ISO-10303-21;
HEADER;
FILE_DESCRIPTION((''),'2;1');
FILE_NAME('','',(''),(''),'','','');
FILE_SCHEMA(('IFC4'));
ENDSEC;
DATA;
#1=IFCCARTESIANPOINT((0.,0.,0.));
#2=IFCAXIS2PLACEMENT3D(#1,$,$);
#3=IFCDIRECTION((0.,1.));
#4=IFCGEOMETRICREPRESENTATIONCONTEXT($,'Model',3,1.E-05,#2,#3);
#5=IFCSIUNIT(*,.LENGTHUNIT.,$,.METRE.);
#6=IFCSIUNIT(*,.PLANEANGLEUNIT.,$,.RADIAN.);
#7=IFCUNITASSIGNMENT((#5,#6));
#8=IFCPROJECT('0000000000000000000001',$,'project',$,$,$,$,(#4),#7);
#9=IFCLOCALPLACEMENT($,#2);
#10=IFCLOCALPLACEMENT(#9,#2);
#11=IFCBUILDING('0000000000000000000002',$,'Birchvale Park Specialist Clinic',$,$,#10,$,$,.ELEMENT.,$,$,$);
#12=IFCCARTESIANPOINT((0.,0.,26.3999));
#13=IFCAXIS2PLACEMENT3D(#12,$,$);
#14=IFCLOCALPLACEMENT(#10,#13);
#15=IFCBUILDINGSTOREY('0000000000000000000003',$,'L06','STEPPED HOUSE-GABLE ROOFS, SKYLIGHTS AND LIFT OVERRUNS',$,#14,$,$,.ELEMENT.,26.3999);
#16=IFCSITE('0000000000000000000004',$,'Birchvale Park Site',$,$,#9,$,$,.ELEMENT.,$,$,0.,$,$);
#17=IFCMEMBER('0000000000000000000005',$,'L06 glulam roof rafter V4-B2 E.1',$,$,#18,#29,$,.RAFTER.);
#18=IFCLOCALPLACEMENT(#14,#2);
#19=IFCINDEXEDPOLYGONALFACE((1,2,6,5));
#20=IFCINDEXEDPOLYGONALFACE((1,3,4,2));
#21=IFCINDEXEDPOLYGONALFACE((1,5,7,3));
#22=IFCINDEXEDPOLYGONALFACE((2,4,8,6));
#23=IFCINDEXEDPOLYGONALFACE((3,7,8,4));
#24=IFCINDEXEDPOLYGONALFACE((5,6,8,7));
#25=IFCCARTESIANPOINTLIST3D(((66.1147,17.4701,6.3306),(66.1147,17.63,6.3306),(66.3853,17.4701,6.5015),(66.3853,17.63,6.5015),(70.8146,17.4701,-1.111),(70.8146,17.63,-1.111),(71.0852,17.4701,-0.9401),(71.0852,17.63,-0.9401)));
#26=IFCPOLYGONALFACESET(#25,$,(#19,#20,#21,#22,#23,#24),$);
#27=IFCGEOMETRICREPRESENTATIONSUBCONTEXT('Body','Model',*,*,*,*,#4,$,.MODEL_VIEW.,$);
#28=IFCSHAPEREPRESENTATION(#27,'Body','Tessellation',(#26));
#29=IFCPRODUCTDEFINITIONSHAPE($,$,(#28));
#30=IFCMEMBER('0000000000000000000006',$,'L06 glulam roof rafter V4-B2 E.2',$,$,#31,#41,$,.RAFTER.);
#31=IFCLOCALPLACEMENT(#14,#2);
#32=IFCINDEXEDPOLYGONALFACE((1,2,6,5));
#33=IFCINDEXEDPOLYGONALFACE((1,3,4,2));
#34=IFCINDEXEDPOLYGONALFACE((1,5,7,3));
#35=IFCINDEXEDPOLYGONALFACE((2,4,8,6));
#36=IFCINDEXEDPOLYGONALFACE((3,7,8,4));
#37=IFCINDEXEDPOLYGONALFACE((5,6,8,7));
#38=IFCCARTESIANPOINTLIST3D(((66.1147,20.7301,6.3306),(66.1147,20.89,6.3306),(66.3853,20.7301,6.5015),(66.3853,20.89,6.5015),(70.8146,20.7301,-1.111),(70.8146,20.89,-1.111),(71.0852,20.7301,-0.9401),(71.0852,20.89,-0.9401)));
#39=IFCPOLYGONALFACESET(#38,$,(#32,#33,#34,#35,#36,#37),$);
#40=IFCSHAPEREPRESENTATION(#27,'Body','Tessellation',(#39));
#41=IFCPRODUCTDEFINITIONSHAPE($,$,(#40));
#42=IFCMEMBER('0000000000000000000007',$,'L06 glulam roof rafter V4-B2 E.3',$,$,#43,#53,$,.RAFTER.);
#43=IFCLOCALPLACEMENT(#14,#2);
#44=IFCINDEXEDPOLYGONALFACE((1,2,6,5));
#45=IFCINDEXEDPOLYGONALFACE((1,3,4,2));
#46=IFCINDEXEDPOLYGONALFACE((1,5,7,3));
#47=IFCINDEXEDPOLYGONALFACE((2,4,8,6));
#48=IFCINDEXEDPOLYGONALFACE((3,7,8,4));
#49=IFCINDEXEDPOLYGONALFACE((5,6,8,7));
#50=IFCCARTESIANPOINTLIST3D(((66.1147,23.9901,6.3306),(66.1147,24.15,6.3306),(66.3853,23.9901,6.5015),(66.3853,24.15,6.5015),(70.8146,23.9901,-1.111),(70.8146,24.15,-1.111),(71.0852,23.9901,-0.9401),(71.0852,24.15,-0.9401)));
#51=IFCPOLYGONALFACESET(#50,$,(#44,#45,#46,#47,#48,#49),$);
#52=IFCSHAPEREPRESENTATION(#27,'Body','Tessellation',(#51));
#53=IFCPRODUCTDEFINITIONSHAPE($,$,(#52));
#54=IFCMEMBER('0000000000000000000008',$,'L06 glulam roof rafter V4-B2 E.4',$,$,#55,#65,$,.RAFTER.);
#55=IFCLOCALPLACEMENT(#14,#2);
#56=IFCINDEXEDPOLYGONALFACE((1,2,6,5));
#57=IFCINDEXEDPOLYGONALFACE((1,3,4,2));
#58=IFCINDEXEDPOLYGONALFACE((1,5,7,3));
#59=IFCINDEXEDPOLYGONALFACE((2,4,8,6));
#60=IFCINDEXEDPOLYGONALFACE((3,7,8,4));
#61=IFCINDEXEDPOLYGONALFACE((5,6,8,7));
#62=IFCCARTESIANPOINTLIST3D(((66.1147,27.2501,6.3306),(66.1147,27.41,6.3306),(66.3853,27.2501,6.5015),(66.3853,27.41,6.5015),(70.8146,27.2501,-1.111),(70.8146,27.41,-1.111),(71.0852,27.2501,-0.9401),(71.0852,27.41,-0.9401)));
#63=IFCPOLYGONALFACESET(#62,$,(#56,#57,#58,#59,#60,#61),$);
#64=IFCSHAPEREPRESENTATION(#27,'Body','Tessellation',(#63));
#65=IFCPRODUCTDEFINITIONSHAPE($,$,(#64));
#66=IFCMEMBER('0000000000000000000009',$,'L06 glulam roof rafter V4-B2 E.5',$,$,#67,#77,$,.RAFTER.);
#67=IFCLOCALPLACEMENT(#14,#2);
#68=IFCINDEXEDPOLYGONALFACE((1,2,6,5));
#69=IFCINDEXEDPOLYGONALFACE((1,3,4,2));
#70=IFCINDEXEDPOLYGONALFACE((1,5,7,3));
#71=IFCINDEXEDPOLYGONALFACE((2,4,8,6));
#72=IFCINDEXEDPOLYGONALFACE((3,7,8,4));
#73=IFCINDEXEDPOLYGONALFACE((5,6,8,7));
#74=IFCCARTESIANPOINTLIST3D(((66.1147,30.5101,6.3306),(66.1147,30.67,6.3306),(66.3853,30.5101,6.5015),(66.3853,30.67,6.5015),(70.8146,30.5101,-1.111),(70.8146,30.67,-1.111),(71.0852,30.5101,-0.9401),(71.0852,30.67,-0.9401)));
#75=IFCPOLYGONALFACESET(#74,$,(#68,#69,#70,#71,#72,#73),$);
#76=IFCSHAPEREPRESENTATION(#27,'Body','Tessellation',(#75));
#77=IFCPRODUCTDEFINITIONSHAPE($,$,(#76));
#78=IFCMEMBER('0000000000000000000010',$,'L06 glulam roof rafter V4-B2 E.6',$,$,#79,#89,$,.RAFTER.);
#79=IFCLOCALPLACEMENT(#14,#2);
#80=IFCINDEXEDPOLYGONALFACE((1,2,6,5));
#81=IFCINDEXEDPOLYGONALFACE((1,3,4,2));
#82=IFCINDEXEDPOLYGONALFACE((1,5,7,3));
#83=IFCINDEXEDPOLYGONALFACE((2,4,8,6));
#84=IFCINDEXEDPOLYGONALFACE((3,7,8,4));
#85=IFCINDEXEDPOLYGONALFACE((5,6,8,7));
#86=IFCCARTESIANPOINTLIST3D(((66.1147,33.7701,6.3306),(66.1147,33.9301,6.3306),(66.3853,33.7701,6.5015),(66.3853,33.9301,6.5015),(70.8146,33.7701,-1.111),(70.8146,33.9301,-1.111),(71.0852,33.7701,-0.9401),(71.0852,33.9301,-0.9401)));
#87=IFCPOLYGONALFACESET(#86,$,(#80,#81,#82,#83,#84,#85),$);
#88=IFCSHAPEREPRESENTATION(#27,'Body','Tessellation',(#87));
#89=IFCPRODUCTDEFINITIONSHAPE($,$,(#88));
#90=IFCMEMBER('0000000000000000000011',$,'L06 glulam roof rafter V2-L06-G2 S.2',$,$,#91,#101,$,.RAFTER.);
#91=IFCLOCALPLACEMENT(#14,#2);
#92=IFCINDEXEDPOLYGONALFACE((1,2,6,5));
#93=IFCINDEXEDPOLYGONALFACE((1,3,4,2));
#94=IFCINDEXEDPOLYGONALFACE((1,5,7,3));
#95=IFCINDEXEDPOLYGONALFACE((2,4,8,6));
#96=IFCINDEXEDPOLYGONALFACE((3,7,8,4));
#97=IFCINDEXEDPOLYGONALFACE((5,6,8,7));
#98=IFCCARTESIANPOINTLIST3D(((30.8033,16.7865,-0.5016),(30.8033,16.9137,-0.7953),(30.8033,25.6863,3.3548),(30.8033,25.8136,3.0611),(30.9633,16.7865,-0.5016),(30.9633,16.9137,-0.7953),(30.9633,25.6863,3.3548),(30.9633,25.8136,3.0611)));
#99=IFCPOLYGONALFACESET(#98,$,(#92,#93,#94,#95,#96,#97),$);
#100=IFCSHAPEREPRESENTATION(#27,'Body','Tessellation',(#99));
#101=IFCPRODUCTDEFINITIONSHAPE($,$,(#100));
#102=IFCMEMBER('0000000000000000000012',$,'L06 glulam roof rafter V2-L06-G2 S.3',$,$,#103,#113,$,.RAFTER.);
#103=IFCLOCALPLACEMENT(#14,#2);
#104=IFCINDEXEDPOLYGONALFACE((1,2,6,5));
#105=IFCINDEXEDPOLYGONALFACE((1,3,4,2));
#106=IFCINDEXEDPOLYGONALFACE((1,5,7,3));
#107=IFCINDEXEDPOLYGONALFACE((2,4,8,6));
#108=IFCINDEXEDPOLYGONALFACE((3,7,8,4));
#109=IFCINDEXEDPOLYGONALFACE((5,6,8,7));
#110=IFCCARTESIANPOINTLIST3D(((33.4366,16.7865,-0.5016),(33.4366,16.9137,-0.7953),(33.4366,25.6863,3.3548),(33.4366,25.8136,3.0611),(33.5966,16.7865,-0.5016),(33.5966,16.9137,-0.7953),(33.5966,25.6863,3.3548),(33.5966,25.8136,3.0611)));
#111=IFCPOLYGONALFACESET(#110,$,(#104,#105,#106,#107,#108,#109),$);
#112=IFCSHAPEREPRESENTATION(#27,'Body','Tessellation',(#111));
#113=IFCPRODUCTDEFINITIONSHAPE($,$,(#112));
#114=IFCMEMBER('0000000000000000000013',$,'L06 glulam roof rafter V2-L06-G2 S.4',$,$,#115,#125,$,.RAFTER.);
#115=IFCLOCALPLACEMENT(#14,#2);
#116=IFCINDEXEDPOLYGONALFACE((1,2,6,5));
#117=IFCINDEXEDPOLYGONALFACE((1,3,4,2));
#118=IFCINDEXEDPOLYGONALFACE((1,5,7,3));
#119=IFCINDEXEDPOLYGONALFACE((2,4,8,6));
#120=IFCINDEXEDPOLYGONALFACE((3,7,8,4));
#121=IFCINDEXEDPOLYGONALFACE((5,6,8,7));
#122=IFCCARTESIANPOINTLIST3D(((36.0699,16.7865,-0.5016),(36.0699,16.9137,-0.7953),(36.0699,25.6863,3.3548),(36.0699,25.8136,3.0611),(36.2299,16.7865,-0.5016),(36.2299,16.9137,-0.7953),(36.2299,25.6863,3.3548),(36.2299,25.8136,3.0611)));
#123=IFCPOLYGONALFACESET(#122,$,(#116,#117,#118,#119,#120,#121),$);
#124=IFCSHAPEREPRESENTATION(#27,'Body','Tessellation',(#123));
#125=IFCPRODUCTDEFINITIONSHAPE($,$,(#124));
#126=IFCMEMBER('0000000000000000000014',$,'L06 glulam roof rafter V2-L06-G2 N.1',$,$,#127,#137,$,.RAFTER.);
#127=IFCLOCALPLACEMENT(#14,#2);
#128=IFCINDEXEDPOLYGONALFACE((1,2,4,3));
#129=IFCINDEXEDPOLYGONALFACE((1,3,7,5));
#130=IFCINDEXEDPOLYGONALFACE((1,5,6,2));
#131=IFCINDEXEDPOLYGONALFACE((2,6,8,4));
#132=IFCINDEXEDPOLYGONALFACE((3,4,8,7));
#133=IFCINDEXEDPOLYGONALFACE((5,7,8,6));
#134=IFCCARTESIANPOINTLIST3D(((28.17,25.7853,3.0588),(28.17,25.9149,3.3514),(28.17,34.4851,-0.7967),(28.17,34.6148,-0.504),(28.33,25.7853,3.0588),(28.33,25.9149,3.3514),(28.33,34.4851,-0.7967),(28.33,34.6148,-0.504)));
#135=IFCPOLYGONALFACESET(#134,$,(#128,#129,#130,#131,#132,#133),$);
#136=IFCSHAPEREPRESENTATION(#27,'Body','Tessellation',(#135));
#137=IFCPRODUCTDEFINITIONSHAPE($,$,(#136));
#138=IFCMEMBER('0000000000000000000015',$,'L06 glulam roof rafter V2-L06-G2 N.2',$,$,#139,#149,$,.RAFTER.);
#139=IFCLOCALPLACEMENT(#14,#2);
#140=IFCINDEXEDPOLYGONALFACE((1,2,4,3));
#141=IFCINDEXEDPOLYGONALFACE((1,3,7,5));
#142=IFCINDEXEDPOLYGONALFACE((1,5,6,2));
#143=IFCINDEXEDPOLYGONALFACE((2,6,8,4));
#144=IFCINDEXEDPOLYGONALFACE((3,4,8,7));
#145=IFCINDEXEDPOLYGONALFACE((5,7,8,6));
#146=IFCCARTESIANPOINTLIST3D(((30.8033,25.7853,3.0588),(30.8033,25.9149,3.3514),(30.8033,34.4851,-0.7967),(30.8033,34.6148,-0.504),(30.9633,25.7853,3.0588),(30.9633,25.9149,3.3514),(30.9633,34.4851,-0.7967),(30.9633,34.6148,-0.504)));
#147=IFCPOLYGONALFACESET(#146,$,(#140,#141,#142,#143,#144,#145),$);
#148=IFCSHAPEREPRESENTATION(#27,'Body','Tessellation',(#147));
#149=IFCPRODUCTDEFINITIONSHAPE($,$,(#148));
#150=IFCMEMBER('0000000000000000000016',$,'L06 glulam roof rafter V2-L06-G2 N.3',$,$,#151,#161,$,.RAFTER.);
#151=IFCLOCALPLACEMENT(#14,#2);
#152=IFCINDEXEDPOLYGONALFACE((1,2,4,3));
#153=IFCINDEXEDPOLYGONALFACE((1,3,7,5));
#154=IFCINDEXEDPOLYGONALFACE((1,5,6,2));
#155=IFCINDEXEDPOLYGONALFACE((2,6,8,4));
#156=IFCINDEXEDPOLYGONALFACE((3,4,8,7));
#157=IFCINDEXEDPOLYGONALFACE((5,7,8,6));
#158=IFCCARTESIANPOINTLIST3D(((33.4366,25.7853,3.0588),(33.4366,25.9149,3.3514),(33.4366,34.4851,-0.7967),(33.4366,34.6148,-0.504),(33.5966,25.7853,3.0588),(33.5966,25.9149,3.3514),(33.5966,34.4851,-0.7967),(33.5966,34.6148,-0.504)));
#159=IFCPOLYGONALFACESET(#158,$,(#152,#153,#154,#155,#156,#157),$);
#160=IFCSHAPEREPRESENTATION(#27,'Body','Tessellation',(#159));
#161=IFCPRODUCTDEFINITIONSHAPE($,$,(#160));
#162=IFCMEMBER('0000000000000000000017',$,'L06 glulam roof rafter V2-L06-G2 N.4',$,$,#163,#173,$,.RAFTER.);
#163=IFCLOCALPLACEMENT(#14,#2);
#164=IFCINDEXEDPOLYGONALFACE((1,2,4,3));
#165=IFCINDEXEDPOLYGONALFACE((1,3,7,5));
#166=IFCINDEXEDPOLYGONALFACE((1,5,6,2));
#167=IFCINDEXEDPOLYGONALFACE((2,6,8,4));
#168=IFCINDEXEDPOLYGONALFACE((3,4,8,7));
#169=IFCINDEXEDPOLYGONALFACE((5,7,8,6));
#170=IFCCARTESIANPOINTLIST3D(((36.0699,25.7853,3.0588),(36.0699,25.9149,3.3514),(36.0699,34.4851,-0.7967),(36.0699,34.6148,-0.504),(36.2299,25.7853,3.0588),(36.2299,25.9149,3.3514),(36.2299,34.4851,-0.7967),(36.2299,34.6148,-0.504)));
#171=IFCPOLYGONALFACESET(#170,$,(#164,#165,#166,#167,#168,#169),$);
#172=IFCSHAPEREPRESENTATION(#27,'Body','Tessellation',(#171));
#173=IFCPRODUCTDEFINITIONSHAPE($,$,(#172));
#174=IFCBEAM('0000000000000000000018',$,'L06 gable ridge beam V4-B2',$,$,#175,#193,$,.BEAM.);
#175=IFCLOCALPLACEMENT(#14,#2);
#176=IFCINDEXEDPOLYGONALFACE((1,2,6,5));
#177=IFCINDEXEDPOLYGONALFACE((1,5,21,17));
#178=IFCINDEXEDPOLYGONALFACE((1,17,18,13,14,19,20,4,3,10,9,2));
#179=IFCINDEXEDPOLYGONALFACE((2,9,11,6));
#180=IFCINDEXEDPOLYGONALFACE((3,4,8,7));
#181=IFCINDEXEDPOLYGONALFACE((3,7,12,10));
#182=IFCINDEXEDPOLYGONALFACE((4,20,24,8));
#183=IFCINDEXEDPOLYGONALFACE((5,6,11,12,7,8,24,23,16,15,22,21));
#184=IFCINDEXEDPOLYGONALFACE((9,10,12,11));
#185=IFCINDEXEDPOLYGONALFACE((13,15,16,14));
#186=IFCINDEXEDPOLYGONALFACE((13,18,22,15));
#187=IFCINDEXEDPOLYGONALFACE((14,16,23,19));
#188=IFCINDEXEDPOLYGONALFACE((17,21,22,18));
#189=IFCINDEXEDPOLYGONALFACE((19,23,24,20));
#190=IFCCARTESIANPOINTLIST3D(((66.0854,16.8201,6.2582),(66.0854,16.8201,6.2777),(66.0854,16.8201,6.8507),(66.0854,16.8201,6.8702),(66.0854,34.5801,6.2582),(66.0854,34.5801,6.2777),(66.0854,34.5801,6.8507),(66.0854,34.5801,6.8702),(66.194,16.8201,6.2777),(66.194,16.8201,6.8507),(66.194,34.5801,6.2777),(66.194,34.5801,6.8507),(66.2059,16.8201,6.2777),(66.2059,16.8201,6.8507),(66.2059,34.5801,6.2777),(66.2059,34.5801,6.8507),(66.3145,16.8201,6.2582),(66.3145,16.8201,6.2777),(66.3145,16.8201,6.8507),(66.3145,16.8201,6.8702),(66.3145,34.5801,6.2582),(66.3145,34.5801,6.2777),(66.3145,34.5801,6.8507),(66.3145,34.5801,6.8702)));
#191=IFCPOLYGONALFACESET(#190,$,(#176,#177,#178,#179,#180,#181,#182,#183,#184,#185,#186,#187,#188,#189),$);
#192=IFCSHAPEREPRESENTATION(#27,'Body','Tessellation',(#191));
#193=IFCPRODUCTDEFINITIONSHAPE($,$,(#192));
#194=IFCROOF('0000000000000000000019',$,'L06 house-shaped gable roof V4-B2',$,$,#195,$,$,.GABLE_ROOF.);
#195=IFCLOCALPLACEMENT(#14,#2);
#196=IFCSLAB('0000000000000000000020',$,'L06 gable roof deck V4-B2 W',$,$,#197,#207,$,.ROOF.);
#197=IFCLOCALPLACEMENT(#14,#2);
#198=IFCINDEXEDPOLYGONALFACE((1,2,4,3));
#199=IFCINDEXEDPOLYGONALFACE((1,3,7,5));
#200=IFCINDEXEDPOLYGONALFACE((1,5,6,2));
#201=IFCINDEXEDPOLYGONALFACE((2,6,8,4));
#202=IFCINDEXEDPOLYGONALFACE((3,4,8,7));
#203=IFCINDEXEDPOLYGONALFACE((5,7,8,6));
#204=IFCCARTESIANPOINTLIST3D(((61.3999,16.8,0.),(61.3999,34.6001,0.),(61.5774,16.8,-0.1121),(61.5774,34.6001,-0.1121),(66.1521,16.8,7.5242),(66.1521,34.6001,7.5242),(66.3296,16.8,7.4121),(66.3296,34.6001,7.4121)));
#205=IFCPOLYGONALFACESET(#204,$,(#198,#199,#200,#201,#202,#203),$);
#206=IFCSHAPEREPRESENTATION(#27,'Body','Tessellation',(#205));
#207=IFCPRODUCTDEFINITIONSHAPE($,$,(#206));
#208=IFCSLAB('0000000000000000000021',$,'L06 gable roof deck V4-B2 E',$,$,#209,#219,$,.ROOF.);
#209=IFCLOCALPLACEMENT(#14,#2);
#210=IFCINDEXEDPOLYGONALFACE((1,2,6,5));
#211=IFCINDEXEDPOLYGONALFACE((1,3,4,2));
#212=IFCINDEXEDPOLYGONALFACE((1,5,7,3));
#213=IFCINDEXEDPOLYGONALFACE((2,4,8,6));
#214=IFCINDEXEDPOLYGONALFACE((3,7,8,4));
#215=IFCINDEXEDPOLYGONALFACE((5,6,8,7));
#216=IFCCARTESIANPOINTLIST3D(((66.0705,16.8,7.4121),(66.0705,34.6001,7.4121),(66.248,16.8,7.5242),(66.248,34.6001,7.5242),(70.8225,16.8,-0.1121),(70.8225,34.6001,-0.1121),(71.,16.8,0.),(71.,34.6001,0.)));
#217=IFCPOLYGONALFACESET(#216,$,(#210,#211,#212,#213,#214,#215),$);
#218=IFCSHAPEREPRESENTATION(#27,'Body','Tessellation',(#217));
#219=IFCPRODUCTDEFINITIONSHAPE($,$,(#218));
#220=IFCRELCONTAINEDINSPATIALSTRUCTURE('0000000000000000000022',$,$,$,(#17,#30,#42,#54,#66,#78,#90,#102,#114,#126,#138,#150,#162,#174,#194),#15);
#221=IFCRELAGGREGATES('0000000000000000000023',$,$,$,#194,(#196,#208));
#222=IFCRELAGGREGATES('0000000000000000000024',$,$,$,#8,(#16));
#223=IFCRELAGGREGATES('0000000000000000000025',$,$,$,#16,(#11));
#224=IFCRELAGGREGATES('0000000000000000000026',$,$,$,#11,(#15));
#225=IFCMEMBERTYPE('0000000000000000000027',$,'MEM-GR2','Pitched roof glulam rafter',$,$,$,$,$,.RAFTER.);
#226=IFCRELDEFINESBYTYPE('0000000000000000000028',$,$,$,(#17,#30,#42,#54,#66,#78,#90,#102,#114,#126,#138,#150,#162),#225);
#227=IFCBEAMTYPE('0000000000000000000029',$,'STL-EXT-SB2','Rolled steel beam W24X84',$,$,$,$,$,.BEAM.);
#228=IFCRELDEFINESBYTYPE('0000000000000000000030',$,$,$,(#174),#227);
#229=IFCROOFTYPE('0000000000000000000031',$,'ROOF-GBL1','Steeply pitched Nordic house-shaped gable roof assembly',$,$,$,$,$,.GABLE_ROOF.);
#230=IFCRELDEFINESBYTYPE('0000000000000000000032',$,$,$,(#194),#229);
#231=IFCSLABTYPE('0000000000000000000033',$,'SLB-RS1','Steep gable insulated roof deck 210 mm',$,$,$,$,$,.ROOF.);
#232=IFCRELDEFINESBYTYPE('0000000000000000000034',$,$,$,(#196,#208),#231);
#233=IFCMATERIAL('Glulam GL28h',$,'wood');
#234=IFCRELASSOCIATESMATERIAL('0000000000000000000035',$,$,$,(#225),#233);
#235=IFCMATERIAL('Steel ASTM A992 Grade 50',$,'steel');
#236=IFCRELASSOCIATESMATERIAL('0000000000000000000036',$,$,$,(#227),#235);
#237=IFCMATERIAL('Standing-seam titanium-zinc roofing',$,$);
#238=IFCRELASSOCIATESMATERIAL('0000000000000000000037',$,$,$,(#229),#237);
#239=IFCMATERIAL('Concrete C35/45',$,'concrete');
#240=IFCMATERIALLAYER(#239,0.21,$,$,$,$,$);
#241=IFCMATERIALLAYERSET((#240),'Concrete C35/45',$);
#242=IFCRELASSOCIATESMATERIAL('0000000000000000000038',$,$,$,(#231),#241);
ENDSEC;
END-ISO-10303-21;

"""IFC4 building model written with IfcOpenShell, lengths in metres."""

from ifc_helpers import new_model, si_unit, direction, frame, origin, origin_2d, place, context, subcontext, project, spatial, polyline, rectangle, i_section, outline, extrude, material, layer, layer_set, material_profile, profile_set, type_object, element, aggregate, save


model = new_model("IFC4")

# Units and contexts
model_context = context("Model", 3, precision=1e-05, world=origin(), true_north=direction((0.0, 1.0)))
body_context = subcontext(model_context, "Body", "Model", "MODEL_VIEW")
ifc_project = project(units=[si_unit("LENGTHUNIT", "METRE"), si_unit("PLANEANGLEUNIT", "RADIAN")], contexts=[model_context])

# Site, building, storey
site_placement = place(None, origin())
site = spatial("IfcSite", under=ifc_project, at=site_placement, Name="Birchvale Park Site", CompositionType="ELEMENT", RefElevation=0.0)
building_placement = place(site_placement, origin())
building = spatial("IfcBuilding", under=site, at=building_placement, Name="Birchvale Park Specialist Clinic", CompositionType="ELEMENT")
storey_placement = place(building_placement, frame((0.0, 0.0, 26.3999)))
storey = spatial("IfcBuildingStorey", under=building, at=storey_placement, Name="L06", Description="STEPPED HOUSE-GABLE ROOFS, SKYLIGHTS AND LIFT OVERRUNS", CompositionType="ELEMENT", Elevation=26.3999)

# Members
ifc_material_1 = material(Name="Glulam GL28h", Category="wood")
ifc_material_profile_1 = material_profile(ifc_material_1, rectangle(XDim=0.1599, YDim=0.3201, at=origin_2d()), Name="GL-160x320")
ifc_profile_set_1 = profile_set([ifc_material_profile_1], Name="Glulam GL28h")
member_type_1 = type_object("IfcMemberType", Name="MEM-GR2", Description="Pitched roof glulam rafter", PredefinedType="RAFTER", material=ifc_profile_set_1)
for number, where, z_axis, x_axis, name in (
    (1, (66.25, 17.55, 6.416), (0.53399, 0.0, -0.845491), (0.0, 1.0, 0.0), "L06 glulam roof rafter V4-B2 E.1"),
    (2, (66.25, 20.8101, 6.416), (0.53399, 0.0, -0.845491), (0.0, 1.0, 0.0), "L06 glulam roof rafter V4-B2 E.2"),
    (3, (66.25, 24.0701, 6.416), (0.53399, 0.0, -0.845491), (0.0, 1.0, 0.0), "L06 glulam roof rafter V4-B2 E.3"),
    (4, (66.25, 27.3301, 6.416), (0.53399, 0.0, -0.845491), (0.0, 1.0, 0.0), "L06 glulam roof rafter V4-B2 E.4"),
    (5, (66.25, 30.5901, 6.416), (0.53399, 0.0, -0.845491), (0.0, 1.0, 0.0), "L06 glulam roof rafter V4-B2 E.5"),
    (6, (66.25, 33.8501, 6.416), (0.53399, 0.0, -0.845491), (0.0, 1.0, 0.0), "L06 glulam roof rafter V4-B2 E.6"),
):
    element("IfcMember", number, at=place(storey_placement, frame(where, z_axis=z_axis, x_axis=x_axis)), inside=storey, type_object=member_type_1, Name=name, PredefinedType="RAFTER", context=body_context, shape_type="SweptSolid", body=[
        extrude(rectangle(XDim=0.1599, YDim=0.3201, at=origin_2d()), origin(), (0.0, 0.0, 1.0), 8.8015),
    ])
for number, where, z_axis, x_axis, name in (
    (7, (30.8833, 16.8501, -0.6484), (0.0, 0.917562, 0.397592), (-1.0, 0.0, 0.0), "L06 glulam roof rafter V2-L06-G2 S.2"),
    (8, (33.5166, 16.8501, -0.6484), (0.0, 0.917562, 0.397592), (-1.0, 0.0, 0.0), "L06 glulam roof rafter V2-L06-G2 S.3"),
    (9, (36.1499, 16.8501, -0.6484), (0.0, 0.917562, 0.397592), (-1.0, 0.0, 0.0), "L06 glulam roof rafter V2-L06-G2 S.4"),
):
    element("IfcMember", number, at=place(storey_placement, frame(where, z_axis=z_axis, x_axis=x_axis)), inside=storey, type_object=member_type_1, Name=name, PredefinedType="RAFTER", context=body_context, shape_type="SweptSolid", body=[
        extrude(rectangle(XDim=0.1599, YDim=0.3201, at=origin_2d()), origin(), (0.0, 0.0, 1.0), 9.6995),
    ])
for number, where, z_axis, x_axis, name in (
    (10, (28.25, 25.8501, 3.2051), (0.0, 0.914247, -0.405157), (-1.0, 0.0, 0.0), "L06 glulam roof rafter V2-L06-G2 N.1"),
    (11, (30.8833, 25.8501, 3.2051), (0.0, 0.914247, -0.405157), (-1.0, 0.0, 0.0), "L06 glulam roof rafter V2-L06-G2 N.2"),
    (12, (33.5166, 25.8501, 3.2051), (0.0, 0.914247, -0.405157), (-1.0, 0.0, 0.0), "L06 glulam roof rafter V2-L06-G2 N.3"),
    (13, (36.1499, 25.8501, 3.2051), (0.0, 0.914247, -0.405157), (-1.0, 0.0, 0.0), "L06 glulam roof rafter V2-L06-G2 N.4"),
):
    element("IfcMember", number, at=place(storey_placement, frame(where, z_axis=z_axis, x_axis=x_axis)), inside=storey, type_object=member_type_1, Name=name, PredefinedType="RAFTER", context=body_context, shape_type="SweptSolid", body=[
        extrude(rectangle(XDim=0.1599, YDim=0.3201, at=origin_2d()), origin(), (0.0, 0.0, 1.0), 9.5159),
    ])

# Beam
ifc_material_2 = material(Name="Steel ASTM A992 Grade 50", Category="steel")
ifc_material_profile_2 = material_profile(ifc_material_2, i_section(OverallWidth=0.229, OverallDepth=0.6121, WebThickness=0.012, FlangeThickness=0.0195, at=origin_2d()), Name="W24X84")
ifc_profile_set_2 = profile_set([ifc_material_profile_2], Name="Steel ASTM A992 Grade 50")
beam_type_1 = type_object("IfcBeamType", Name="STL-EXT-SB2", Description="Rolled steel beam W24X84", PredefinedType="BEAM", material=ifc_profile_set_2)
beam_1_placement = place(storey_placement, frame((66.2, 16.8201, 6.5642), z_axis=(0.0, 1.0, 0.0), x_axis=(-1.0, 0.0, 0.0)))
element("IfcBeam", 14, at=beam_1_placement, inside=storey, type_object=beam_type_1, Name="L06 gable ridge beam V4-B2", PredefinedType="BEAM", context=body_context, shape_type="SweptSolid", body=[
    extrude(i_section(OverallWidth=0.229, OverallDepth=0.6121, WebThickness=0.012, FlangeThickness=0.0195, at=origin_2d()), origin(), (0.0, 0.0, 1.0), 17.76),
])

# Roof, slabs
ifc_material_3 = material(Name="Standing-seam titanium-zinc roofing")
roof_type = type_object("IfcRoofType", Name="ROOF-GBL1", Description="Steeply pitched Nordic house-shaped gable roof assembly", PredefinedType="GABLE_ROOF", material=ifc_material_3)
roof_placement = place(storey_placement, origin())
roof = element("IfcRoof", 15, at=roof_placement, inside=storey, type_object=roof_type, Name="L06 house-shaped gable roof V4-B2", PredefinedType="GABLE_ROOF")
ifc_material_4 = material(Name="Concrete C35/45", Category="concrete")
ifc_layer_1 = layer(ifc_material_4, 0.21)
ifc_layer_set_1 = layer_set([ifc_layer_1], Name="Concrete C35/45")
slab_type = type_object("IfcSlabType", Name="SLB-RS1", Description="Steep gable insulated roof deck 210 mm", PredefinedType="ROOF", material=ifc_layer_set_1)
slab_1_placement = place(storey_placement, frame((61.3999, 16.8, 0.0), z_axis=(-0.845484, 0.0, 0.534), x_axis=(0.534, 0.0, 0.845484)))
slab_1 = element("IfcSlab", 16, at=slab_1_placement, type_object=slab_type, Name="L06 gable roof deck V4-B2 W", PredefinedType="ROOF", context=body_context, shape_type="SweptSolid", body=[
    extrude(outline(polyline([(0.0, 0.0), (8.8992, 0.0), (8.8992, 17.8), (0.0, 17.8), (0.0, 0.0)])), origin(), (0.0, 0.0, -1.0), 0.21),
])
slab_2_placement = place(storey_placement, frame((66.248, 16.8, 7.5242), z_axis=(0.845497, 0.0, 0.533981), x_axis=(0.533981, 0.0, -0.845497)))
slab_2 = element("IfcSlab", 17, at=slab_2_placement, type_object=slab_type, Name="L06 gable roof deck V4-B2 E", PredefinedType="ROOF", context=body_context, shape_type="SweptSolid", body=[
    extrude(outline(polyline([(0.0, 0.0), (8.8991, 0.0), (8.8991, 17.8), (0.0, 17.8), (0.0, 0.0)])), origin(), (0.0, 0.0, -1.0), 0.21),
])
aggregate(roof, [slab_1, slab_2])

save(model, "model.ifc")
